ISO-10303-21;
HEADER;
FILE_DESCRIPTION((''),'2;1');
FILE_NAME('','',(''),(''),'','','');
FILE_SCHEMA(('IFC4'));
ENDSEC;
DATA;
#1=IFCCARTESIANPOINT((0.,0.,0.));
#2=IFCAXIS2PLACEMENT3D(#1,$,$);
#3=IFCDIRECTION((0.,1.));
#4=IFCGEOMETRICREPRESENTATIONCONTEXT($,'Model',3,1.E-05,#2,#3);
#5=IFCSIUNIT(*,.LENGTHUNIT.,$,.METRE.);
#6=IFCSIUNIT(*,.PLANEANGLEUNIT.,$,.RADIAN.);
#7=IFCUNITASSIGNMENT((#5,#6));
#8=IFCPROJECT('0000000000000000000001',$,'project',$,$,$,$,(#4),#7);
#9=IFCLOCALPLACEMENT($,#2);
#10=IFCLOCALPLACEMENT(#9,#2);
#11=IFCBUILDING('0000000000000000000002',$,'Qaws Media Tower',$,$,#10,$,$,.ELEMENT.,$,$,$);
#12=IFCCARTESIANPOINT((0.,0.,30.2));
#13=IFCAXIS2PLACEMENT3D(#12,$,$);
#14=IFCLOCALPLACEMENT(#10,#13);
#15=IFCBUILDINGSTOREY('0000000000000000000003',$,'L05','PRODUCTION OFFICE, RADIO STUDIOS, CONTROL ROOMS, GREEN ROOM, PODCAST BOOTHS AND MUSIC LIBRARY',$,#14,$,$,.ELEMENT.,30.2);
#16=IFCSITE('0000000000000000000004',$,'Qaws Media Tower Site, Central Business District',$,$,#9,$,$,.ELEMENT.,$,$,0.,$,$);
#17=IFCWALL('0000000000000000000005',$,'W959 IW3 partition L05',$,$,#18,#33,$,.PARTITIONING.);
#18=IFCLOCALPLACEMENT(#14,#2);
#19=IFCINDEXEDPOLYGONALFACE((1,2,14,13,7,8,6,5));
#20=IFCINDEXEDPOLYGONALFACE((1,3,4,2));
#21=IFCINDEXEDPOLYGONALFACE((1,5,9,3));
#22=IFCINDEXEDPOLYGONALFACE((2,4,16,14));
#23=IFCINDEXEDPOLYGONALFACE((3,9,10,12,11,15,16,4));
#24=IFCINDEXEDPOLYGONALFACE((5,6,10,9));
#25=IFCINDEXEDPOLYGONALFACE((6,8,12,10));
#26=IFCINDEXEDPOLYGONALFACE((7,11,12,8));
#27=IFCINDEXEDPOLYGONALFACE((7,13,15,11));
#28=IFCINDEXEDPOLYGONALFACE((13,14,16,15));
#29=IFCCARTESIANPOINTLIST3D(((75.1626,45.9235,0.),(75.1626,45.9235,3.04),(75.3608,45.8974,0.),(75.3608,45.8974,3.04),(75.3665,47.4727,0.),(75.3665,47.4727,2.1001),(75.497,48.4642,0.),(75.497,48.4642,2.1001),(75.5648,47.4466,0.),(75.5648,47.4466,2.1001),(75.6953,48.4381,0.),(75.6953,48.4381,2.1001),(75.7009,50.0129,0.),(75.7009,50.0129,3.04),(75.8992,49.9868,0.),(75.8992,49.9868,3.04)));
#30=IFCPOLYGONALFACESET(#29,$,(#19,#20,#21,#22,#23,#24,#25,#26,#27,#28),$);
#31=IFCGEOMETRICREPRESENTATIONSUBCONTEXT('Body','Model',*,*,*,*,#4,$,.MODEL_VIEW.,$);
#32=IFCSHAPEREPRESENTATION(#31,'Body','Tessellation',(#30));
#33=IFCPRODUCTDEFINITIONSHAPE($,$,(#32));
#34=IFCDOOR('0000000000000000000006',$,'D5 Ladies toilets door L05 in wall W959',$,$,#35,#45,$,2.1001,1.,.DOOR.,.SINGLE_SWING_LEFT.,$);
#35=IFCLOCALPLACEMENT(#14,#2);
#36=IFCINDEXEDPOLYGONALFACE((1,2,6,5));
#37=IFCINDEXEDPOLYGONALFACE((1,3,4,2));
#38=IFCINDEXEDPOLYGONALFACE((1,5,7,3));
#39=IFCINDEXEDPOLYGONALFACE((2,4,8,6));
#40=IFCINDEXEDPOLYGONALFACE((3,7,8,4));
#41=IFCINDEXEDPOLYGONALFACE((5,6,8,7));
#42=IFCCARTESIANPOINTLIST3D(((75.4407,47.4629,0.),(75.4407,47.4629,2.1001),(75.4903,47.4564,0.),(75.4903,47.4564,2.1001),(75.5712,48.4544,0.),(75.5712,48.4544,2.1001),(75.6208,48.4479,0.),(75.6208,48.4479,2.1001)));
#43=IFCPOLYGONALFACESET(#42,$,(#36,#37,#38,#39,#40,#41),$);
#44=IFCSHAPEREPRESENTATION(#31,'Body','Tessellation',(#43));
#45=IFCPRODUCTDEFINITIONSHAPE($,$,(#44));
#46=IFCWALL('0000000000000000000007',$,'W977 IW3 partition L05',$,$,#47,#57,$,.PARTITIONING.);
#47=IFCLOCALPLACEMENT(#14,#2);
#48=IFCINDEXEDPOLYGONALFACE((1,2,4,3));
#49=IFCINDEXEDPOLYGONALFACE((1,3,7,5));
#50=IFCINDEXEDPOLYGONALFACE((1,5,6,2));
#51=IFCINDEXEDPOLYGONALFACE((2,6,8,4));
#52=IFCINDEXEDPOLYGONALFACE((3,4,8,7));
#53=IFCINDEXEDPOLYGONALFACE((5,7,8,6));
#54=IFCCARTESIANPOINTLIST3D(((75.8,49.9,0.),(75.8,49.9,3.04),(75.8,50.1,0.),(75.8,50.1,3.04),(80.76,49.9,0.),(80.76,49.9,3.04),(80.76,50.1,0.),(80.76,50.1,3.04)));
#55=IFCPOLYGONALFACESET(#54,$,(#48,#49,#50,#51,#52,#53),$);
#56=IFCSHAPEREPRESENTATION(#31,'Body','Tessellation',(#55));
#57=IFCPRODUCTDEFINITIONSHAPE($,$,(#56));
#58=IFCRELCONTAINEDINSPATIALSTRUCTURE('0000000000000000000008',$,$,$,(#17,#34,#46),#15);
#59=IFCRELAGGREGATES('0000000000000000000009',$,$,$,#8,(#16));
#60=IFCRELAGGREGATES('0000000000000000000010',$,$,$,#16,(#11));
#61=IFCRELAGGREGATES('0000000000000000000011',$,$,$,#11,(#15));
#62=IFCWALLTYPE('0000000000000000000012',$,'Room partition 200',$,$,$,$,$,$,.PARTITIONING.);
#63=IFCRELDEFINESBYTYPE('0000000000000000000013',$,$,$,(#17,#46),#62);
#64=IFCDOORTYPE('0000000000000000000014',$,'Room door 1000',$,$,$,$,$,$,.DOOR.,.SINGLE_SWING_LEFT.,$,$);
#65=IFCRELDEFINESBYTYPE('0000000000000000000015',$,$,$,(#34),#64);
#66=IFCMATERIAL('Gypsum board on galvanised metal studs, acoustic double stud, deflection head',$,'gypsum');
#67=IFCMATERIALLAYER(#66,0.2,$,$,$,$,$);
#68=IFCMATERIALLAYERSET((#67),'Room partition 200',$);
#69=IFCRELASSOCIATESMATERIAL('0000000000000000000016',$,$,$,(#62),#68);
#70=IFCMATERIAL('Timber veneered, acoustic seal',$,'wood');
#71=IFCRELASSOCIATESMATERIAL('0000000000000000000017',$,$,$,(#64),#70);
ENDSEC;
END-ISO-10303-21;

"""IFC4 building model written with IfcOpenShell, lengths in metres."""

from ifc_helpers import new_model, si_unit, direction, frame, frame_2d, origin, place, context, subcontext, project, spatial, rectangle, extrude, material, layer, layer_set, type_object, element, fill, save


model = new_model("IFC4")

# Units and contexts
model_context = context("Model", 3, precision=1e-05, world=origin(), true_north=direction((0.0, 1.0)))
body_context = subcontext(model_context, "Body", "Model", "MODEL_VIEW")
ifc_project = project(units=[si_unit("LENGTHUNIT", "METRE"), si_unit("PLANEANGLEUNIT", "RADIAN")], contexts=[model_context])

# Site, building, storey
site_placement = place(None, origin())
site = spatial("IfcSite", under=ifc_project, at=site_placement, Name="Qaws Media Tower Site, Central Business District", CompositionType="ELEMENT", RefElevation=0.0)
building_placement = place(site_placement, origin())
building = spatial("IfcBuilding", under=site, at=building_placement, Name="Qaws Media Tower", CompositionType="ELEMENT")
storey_placement = place(building_placement, frame((0.0, 0.0, 30.2)))
storey = spatial("IfcBuildingStorey", under=building, at=storey_placement, Name="L05", Description="PRODUCTION OFFICE, RADIO STUDIOS, CONTROL ROOMS, GREEN ROOM, PODCAST BOOTHS AND MUSIC LIBRARY", CompositionType="ELEMENT", Elevation=30.2)

# Shared definitions
ifc_material_1 = material(Name="Gypsum board on galvanised metal studs, acoustic double stud, deflection head", Category="gypsum")
ifc_layer_1 = layer(ifc_material_1, 0.2)
ifc_layer_set_1 = layer_set([ifc_layer_1], Name="Room partition 200")
wall_type_1 = type_object("IfcWallType", Name="Room partition 200", PredefinedType="PARTITIONING", material=ifc_layer_set_1)

# Wall, opening, door
wall_1_placement = place(storey_placement, frame((75.8, 50.0, 0.0), z_axis=(0.0, 0.0, 1.0), x_axis=(-0.130516, -0.991446, 0.0)))
wall_1 = element("IfcWall", 1, at=wall_1_placement, inside=storey, type_object=wall_type_1, Name="W959 IW3 partition L05", PredefinedType="PARTITIONING", context=body_context, shape_type="SweptSolid", body=[
    extrude(rectangle(XDim=4.1248, YDim=0.2, at=frame_2d((2.0625, 0.0))), origin(), (0.0, 0.0, 1.0), 3.04),
])
opening_1_placement = place(wall_1_placement, frame((1.5623, 0.0, 0.0)))
opening_1 = element("IfcOpeningElement", 2, at=opening_1_placement, cuts=wall_1, PredefinedType="OPENING", context=body_context, shape_type="SweptSolid", body=[
    extrude(rectangle(XDim=1.0, YDim=2.1001, at=frame_2d((0.5, 1.05))), frame((0.0, 0.1099, 0.0), z_axis=(0.0, -1.0, 0.0), x_axis=(1.0, 0.0, 0.0)), (0.0, 0.0, 1.0), 0.22),
])
ifc_material_2 = material(Name="Timber veneered, acoustic seal", Category="wood")
door_type_1 = type_object("IfcDoorType", Name="Room door 1000", OperationType="SINGLE_SWING_LEFT", PredefinedType="DOOR", material=ifc_material_2)
door_1_placement = place(opening_1_placement, origin())
door_1 = element("IfcDoor", 3, at=door_1_placement, inside=storey, type_object=door_type_1, Name="D5 Ladies toilets door L05 in wall W959", OperationType="SINGLE_SWING_LEFT", OverallHeight=2.1001, OverallWidth=1.0, PredefinedType="DOOR", context=body_context, shape_type="SweptSolid", body=[
    extrude(rectangle(XDim=1.0, YDim=2.1001, at=frame_2d((0.5, 1.05))), frame((0.0, 0.0249, 0.0), z_axis=(0.0, -1.0, 0.0), x_axis=(1.0, 0.0, 0.0)), (0.0, 0.0, 1.0), 0.05),
])
fill(opening_1, door_1)

# Wall
wall_2_placement = place(storey_placement, frame((75.8, 50.0, 0.0), z_axis=(0.0, 0.0, 1.0), x_axis=(1.0, 0.0, 0.0)))
element("IfcWall", 4, at=wall_2_placement, inside=storey, type_object=wall_type_1, Name="W977 IW3 partition L05", PredefinedType="PARTITIONING", context=body_context, shape_type="SweptSolid", body=[
    extrude(rectangle(XDim=4.96, YDim=0.2, at=frame_2d((2.48, 0.0))), origin(), (0.0, 0.0, 1.0), 3.04),
])

save(model, "model.ifc")
